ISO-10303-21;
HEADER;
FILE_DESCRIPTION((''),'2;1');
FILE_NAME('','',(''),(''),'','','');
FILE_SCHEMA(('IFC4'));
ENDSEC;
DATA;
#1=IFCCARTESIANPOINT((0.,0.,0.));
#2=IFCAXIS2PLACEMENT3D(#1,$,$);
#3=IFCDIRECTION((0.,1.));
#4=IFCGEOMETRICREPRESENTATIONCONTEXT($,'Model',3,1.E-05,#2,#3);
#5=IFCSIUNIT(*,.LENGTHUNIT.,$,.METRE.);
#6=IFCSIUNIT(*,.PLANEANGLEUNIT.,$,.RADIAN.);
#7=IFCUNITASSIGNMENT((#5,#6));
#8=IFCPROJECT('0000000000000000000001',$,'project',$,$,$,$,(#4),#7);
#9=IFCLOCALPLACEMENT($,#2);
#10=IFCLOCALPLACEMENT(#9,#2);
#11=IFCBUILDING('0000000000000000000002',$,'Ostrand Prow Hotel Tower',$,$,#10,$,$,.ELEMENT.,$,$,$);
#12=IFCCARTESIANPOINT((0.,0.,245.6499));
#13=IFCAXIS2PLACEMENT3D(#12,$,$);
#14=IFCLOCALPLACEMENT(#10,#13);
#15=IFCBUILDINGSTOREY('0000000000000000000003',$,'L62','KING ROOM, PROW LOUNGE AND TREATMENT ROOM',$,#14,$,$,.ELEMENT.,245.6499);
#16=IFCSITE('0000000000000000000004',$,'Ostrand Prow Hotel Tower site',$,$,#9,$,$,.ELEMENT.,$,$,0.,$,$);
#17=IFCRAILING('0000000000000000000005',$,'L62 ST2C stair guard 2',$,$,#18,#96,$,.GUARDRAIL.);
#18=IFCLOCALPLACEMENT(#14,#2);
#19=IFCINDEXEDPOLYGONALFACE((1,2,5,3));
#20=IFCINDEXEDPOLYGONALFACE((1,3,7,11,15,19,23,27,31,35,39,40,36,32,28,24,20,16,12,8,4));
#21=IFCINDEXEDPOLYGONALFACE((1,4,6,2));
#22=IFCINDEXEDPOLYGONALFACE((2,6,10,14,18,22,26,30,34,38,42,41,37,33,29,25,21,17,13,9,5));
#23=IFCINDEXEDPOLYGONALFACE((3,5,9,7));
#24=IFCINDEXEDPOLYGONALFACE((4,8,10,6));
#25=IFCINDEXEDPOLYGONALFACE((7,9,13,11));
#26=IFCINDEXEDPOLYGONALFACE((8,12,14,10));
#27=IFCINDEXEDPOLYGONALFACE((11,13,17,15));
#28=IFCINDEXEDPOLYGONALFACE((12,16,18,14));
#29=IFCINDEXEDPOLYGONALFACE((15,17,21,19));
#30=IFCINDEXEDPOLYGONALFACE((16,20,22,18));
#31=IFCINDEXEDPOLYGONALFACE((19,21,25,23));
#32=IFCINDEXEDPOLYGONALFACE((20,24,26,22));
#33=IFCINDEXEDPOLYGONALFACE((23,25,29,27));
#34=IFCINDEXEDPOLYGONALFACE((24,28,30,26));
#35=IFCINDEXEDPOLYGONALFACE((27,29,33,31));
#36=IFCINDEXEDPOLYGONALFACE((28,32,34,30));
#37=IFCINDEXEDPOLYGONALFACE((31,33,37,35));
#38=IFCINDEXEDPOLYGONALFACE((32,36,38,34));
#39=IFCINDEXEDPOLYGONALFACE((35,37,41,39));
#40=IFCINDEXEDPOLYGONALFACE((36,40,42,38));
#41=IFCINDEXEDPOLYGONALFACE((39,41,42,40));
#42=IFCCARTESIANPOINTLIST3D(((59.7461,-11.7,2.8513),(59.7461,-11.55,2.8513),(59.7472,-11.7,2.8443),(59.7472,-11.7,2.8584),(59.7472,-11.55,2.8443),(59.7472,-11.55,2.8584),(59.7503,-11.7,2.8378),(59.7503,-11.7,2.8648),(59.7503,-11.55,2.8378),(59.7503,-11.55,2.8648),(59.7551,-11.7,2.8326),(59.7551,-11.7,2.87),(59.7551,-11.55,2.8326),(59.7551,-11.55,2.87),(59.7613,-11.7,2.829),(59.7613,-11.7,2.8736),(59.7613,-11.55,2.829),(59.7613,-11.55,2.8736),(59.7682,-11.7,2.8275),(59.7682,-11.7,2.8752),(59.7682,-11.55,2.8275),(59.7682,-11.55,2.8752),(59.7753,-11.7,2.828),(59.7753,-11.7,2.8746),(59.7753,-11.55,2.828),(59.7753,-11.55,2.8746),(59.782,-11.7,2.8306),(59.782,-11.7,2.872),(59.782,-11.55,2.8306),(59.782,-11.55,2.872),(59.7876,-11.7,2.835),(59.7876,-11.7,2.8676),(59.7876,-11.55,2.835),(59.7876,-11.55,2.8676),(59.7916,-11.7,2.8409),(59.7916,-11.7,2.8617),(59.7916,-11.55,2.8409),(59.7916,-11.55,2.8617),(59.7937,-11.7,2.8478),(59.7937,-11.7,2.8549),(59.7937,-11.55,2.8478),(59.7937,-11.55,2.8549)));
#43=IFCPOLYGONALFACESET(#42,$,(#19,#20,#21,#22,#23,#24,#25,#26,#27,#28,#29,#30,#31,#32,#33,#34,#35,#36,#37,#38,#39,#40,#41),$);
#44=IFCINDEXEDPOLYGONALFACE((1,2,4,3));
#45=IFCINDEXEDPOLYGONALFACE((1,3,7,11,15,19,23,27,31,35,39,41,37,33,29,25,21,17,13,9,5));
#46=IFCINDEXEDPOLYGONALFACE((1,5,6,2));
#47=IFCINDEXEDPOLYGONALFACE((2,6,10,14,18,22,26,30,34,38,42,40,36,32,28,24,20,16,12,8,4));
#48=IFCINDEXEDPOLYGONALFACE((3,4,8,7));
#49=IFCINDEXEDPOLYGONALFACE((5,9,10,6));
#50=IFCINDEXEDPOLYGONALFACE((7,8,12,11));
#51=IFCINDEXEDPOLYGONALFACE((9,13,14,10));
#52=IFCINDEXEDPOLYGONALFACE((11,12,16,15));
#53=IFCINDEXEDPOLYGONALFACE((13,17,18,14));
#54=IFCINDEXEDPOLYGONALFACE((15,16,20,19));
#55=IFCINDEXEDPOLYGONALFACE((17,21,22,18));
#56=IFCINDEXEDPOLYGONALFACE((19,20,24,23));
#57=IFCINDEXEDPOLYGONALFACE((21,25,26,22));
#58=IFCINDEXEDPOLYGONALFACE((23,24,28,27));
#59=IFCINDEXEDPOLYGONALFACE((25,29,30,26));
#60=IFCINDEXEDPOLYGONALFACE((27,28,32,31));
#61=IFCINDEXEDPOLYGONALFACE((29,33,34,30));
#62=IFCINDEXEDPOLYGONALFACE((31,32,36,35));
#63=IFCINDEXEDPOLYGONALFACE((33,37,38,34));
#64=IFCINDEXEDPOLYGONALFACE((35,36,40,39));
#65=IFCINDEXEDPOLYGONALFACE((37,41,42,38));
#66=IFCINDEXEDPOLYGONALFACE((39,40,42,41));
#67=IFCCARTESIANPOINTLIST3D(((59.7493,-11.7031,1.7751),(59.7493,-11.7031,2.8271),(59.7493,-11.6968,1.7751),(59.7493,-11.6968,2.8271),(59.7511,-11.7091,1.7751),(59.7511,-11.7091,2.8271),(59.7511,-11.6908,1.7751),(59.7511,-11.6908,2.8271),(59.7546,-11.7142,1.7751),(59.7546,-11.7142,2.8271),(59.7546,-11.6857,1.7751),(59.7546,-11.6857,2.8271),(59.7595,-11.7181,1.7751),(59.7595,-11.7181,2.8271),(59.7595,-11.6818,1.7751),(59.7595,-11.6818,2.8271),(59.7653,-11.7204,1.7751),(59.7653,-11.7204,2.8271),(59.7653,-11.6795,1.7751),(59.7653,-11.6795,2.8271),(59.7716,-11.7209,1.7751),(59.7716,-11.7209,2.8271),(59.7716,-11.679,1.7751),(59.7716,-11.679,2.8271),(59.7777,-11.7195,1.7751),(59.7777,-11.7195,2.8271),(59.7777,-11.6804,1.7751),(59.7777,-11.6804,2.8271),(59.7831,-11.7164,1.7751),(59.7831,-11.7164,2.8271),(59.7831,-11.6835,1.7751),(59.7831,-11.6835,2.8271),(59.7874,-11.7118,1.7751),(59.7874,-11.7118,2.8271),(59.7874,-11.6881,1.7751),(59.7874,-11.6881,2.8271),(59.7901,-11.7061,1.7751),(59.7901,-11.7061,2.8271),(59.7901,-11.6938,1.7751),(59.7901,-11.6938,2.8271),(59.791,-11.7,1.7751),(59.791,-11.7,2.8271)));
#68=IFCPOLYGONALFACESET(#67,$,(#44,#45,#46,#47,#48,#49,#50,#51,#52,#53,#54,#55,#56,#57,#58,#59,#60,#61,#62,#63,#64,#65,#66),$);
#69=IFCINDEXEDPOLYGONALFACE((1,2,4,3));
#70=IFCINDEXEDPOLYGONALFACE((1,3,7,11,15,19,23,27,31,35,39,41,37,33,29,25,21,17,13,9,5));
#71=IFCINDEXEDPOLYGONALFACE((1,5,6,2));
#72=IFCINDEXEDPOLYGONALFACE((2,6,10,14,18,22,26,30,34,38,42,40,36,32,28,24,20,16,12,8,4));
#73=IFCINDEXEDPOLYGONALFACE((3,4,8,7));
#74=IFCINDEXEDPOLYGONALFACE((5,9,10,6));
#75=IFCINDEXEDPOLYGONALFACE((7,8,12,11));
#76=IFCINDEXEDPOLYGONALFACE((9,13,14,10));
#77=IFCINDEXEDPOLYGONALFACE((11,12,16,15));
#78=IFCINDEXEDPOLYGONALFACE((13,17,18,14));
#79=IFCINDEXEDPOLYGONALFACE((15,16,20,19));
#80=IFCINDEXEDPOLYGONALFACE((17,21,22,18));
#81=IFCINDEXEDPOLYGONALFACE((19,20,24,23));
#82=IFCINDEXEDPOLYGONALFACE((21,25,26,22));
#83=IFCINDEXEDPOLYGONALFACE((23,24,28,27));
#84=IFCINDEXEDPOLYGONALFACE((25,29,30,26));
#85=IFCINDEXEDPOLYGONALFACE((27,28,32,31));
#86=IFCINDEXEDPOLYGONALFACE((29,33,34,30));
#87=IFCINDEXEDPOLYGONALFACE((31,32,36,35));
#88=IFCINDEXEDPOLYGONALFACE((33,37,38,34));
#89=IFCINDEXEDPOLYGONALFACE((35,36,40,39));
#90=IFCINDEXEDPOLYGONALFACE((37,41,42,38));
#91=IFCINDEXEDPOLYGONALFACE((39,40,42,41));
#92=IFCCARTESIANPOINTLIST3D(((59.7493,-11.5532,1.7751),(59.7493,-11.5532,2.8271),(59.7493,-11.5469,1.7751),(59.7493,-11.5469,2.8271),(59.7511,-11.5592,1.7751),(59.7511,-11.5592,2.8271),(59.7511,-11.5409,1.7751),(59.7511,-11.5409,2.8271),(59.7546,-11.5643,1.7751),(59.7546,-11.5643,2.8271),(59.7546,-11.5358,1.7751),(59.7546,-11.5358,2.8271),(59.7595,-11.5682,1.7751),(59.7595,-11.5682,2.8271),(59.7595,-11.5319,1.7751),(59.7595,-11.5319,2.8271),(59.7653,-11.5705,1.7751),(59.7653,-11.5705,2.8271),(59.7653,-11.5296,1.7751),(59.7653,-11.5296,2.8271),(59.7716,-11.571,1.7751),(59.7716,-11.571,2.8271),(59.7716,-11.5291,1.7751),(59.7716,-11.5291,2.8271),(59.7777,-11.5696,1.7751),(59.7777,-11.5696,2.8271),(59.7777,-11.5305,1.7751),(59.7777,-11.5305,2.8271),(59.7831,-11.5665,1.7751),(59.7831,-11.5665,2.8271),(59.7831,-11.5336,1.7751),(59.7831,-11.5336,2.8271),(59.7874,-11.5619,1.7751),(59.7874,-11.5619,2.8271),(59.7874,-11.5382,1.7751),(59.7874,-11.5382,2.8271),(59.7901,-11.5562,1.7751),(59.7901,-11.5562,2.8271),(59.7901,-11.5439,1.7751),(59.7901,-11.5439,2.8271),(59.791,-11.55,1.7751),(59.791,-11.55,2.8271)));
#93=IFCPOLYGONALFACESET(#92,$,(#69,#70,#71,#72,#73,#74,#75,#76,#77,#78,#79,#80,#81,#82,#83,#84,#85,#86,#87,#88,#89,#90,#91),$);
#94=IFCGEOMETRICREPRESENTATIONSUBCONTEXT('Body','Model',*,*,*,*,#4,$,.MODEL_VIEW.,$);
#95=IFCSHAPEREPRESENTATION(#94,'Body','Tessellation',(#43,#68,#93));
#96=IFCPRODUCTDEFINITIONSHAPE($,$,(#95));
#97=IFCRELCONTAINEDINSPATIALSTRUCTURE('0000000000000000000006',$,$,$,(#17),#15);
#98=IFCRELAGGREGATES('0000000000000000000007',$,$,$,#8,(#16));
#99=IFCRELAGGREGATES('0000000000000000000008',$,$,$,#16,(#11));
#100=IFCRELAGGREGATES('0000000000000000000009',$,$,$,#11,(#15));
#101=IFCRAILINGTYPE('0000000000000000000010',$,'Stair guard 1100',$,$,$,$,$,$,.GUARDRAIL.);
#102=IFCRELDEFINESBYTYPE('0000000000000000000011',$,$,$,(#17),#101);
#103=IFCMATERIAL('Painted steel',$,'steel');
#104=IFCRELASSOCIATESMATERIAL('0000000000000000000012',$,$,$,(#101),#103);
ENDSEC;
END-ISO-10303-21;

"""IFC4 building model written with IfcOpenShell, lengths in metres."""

from ifc_helpers import new_model, si_unit, direction, frame, origin, origin_2d, place, context, subcontext, project, spatial, circle, extrude, material, type_object, element, save


model = new_model("IFC4")

# Units and contexts
model_context = context("Model", 3, precision=1e-05, world=origin(), true_north=direction((0.0, 1.0)))
body_context = subcontext(model_context, "Body", "Model", "MODEL_VIEW")
ifc_project = project(units=[si_unit("LENGTHUNIT", "METRE"), si_unit("PLANEANGLEUNIT", "RADIAN")], contexts=[model_context])

# Site, building, storey
site_placement = place(None, origin())
site = spatial("IfcSite", under=ifc_project, at=site_placement, Name="Ostrand Prow Hotel Tower site", CompositionType="ELEMENT", RefElevation=0.0)
building_placement = place(site_placement, origin())
building = spatial("IfcBuilding", under=site, at=building_placement, Name="Ostrand Prow Hotel Tower", CompositionType="ELEMENT")
storey_placement = place(building_placement, frame((0.0, 0.0, 245.6499)))
storey = spatial("IfcBuildingStorey", under=building, at=storey_placement, Name="L62", Description="KING ROOM, PROW LOUNGE AND TREATMENT ROOM", CompositionType="ELEMENT", Elevation=245.6499)

# Railing
ifc_material_1 = material(Name="Painted steel", Category="steel")
railing_type_1 = type_object("IfcRailingType", Name="Stair guard 1100", PredefinedType="GUARDRAIL", material=ifc_material_1)
railing_1_placement = place(storey_placement, frame((59.77, -11.7, 1.7751)))
element("IfcRailing", 1, at=railing_1_placement, inside=storey, type_object=railing_type_1, Name="L62 ST2C stair guard 2", PredefinedType="GUARDRAIL", context=body_context, shape_type="SweptSolid", body=[
    extrude(circle(Radius=0.0239, at=origin_2d()), frame((0.0, 0.0, 1.0762), z_axis=(0.0, 1.0, 0.0), x_axis=(-1.0, 0.0, 0.0)), (0.0, 0.0, 1.0), 0.1499),
    extrude(circle(Radius=0.021, at=origin_2d()), origin(), (0.0, 0.0, 1.0), 1.052),
    extrude(circle(Radius=0.021, at=origin_2d()), frame((0.0, 0.1499, 0.0)), (0.0, 0.0, 1.0), 1.052),
])

save(model, "model.ifc")
